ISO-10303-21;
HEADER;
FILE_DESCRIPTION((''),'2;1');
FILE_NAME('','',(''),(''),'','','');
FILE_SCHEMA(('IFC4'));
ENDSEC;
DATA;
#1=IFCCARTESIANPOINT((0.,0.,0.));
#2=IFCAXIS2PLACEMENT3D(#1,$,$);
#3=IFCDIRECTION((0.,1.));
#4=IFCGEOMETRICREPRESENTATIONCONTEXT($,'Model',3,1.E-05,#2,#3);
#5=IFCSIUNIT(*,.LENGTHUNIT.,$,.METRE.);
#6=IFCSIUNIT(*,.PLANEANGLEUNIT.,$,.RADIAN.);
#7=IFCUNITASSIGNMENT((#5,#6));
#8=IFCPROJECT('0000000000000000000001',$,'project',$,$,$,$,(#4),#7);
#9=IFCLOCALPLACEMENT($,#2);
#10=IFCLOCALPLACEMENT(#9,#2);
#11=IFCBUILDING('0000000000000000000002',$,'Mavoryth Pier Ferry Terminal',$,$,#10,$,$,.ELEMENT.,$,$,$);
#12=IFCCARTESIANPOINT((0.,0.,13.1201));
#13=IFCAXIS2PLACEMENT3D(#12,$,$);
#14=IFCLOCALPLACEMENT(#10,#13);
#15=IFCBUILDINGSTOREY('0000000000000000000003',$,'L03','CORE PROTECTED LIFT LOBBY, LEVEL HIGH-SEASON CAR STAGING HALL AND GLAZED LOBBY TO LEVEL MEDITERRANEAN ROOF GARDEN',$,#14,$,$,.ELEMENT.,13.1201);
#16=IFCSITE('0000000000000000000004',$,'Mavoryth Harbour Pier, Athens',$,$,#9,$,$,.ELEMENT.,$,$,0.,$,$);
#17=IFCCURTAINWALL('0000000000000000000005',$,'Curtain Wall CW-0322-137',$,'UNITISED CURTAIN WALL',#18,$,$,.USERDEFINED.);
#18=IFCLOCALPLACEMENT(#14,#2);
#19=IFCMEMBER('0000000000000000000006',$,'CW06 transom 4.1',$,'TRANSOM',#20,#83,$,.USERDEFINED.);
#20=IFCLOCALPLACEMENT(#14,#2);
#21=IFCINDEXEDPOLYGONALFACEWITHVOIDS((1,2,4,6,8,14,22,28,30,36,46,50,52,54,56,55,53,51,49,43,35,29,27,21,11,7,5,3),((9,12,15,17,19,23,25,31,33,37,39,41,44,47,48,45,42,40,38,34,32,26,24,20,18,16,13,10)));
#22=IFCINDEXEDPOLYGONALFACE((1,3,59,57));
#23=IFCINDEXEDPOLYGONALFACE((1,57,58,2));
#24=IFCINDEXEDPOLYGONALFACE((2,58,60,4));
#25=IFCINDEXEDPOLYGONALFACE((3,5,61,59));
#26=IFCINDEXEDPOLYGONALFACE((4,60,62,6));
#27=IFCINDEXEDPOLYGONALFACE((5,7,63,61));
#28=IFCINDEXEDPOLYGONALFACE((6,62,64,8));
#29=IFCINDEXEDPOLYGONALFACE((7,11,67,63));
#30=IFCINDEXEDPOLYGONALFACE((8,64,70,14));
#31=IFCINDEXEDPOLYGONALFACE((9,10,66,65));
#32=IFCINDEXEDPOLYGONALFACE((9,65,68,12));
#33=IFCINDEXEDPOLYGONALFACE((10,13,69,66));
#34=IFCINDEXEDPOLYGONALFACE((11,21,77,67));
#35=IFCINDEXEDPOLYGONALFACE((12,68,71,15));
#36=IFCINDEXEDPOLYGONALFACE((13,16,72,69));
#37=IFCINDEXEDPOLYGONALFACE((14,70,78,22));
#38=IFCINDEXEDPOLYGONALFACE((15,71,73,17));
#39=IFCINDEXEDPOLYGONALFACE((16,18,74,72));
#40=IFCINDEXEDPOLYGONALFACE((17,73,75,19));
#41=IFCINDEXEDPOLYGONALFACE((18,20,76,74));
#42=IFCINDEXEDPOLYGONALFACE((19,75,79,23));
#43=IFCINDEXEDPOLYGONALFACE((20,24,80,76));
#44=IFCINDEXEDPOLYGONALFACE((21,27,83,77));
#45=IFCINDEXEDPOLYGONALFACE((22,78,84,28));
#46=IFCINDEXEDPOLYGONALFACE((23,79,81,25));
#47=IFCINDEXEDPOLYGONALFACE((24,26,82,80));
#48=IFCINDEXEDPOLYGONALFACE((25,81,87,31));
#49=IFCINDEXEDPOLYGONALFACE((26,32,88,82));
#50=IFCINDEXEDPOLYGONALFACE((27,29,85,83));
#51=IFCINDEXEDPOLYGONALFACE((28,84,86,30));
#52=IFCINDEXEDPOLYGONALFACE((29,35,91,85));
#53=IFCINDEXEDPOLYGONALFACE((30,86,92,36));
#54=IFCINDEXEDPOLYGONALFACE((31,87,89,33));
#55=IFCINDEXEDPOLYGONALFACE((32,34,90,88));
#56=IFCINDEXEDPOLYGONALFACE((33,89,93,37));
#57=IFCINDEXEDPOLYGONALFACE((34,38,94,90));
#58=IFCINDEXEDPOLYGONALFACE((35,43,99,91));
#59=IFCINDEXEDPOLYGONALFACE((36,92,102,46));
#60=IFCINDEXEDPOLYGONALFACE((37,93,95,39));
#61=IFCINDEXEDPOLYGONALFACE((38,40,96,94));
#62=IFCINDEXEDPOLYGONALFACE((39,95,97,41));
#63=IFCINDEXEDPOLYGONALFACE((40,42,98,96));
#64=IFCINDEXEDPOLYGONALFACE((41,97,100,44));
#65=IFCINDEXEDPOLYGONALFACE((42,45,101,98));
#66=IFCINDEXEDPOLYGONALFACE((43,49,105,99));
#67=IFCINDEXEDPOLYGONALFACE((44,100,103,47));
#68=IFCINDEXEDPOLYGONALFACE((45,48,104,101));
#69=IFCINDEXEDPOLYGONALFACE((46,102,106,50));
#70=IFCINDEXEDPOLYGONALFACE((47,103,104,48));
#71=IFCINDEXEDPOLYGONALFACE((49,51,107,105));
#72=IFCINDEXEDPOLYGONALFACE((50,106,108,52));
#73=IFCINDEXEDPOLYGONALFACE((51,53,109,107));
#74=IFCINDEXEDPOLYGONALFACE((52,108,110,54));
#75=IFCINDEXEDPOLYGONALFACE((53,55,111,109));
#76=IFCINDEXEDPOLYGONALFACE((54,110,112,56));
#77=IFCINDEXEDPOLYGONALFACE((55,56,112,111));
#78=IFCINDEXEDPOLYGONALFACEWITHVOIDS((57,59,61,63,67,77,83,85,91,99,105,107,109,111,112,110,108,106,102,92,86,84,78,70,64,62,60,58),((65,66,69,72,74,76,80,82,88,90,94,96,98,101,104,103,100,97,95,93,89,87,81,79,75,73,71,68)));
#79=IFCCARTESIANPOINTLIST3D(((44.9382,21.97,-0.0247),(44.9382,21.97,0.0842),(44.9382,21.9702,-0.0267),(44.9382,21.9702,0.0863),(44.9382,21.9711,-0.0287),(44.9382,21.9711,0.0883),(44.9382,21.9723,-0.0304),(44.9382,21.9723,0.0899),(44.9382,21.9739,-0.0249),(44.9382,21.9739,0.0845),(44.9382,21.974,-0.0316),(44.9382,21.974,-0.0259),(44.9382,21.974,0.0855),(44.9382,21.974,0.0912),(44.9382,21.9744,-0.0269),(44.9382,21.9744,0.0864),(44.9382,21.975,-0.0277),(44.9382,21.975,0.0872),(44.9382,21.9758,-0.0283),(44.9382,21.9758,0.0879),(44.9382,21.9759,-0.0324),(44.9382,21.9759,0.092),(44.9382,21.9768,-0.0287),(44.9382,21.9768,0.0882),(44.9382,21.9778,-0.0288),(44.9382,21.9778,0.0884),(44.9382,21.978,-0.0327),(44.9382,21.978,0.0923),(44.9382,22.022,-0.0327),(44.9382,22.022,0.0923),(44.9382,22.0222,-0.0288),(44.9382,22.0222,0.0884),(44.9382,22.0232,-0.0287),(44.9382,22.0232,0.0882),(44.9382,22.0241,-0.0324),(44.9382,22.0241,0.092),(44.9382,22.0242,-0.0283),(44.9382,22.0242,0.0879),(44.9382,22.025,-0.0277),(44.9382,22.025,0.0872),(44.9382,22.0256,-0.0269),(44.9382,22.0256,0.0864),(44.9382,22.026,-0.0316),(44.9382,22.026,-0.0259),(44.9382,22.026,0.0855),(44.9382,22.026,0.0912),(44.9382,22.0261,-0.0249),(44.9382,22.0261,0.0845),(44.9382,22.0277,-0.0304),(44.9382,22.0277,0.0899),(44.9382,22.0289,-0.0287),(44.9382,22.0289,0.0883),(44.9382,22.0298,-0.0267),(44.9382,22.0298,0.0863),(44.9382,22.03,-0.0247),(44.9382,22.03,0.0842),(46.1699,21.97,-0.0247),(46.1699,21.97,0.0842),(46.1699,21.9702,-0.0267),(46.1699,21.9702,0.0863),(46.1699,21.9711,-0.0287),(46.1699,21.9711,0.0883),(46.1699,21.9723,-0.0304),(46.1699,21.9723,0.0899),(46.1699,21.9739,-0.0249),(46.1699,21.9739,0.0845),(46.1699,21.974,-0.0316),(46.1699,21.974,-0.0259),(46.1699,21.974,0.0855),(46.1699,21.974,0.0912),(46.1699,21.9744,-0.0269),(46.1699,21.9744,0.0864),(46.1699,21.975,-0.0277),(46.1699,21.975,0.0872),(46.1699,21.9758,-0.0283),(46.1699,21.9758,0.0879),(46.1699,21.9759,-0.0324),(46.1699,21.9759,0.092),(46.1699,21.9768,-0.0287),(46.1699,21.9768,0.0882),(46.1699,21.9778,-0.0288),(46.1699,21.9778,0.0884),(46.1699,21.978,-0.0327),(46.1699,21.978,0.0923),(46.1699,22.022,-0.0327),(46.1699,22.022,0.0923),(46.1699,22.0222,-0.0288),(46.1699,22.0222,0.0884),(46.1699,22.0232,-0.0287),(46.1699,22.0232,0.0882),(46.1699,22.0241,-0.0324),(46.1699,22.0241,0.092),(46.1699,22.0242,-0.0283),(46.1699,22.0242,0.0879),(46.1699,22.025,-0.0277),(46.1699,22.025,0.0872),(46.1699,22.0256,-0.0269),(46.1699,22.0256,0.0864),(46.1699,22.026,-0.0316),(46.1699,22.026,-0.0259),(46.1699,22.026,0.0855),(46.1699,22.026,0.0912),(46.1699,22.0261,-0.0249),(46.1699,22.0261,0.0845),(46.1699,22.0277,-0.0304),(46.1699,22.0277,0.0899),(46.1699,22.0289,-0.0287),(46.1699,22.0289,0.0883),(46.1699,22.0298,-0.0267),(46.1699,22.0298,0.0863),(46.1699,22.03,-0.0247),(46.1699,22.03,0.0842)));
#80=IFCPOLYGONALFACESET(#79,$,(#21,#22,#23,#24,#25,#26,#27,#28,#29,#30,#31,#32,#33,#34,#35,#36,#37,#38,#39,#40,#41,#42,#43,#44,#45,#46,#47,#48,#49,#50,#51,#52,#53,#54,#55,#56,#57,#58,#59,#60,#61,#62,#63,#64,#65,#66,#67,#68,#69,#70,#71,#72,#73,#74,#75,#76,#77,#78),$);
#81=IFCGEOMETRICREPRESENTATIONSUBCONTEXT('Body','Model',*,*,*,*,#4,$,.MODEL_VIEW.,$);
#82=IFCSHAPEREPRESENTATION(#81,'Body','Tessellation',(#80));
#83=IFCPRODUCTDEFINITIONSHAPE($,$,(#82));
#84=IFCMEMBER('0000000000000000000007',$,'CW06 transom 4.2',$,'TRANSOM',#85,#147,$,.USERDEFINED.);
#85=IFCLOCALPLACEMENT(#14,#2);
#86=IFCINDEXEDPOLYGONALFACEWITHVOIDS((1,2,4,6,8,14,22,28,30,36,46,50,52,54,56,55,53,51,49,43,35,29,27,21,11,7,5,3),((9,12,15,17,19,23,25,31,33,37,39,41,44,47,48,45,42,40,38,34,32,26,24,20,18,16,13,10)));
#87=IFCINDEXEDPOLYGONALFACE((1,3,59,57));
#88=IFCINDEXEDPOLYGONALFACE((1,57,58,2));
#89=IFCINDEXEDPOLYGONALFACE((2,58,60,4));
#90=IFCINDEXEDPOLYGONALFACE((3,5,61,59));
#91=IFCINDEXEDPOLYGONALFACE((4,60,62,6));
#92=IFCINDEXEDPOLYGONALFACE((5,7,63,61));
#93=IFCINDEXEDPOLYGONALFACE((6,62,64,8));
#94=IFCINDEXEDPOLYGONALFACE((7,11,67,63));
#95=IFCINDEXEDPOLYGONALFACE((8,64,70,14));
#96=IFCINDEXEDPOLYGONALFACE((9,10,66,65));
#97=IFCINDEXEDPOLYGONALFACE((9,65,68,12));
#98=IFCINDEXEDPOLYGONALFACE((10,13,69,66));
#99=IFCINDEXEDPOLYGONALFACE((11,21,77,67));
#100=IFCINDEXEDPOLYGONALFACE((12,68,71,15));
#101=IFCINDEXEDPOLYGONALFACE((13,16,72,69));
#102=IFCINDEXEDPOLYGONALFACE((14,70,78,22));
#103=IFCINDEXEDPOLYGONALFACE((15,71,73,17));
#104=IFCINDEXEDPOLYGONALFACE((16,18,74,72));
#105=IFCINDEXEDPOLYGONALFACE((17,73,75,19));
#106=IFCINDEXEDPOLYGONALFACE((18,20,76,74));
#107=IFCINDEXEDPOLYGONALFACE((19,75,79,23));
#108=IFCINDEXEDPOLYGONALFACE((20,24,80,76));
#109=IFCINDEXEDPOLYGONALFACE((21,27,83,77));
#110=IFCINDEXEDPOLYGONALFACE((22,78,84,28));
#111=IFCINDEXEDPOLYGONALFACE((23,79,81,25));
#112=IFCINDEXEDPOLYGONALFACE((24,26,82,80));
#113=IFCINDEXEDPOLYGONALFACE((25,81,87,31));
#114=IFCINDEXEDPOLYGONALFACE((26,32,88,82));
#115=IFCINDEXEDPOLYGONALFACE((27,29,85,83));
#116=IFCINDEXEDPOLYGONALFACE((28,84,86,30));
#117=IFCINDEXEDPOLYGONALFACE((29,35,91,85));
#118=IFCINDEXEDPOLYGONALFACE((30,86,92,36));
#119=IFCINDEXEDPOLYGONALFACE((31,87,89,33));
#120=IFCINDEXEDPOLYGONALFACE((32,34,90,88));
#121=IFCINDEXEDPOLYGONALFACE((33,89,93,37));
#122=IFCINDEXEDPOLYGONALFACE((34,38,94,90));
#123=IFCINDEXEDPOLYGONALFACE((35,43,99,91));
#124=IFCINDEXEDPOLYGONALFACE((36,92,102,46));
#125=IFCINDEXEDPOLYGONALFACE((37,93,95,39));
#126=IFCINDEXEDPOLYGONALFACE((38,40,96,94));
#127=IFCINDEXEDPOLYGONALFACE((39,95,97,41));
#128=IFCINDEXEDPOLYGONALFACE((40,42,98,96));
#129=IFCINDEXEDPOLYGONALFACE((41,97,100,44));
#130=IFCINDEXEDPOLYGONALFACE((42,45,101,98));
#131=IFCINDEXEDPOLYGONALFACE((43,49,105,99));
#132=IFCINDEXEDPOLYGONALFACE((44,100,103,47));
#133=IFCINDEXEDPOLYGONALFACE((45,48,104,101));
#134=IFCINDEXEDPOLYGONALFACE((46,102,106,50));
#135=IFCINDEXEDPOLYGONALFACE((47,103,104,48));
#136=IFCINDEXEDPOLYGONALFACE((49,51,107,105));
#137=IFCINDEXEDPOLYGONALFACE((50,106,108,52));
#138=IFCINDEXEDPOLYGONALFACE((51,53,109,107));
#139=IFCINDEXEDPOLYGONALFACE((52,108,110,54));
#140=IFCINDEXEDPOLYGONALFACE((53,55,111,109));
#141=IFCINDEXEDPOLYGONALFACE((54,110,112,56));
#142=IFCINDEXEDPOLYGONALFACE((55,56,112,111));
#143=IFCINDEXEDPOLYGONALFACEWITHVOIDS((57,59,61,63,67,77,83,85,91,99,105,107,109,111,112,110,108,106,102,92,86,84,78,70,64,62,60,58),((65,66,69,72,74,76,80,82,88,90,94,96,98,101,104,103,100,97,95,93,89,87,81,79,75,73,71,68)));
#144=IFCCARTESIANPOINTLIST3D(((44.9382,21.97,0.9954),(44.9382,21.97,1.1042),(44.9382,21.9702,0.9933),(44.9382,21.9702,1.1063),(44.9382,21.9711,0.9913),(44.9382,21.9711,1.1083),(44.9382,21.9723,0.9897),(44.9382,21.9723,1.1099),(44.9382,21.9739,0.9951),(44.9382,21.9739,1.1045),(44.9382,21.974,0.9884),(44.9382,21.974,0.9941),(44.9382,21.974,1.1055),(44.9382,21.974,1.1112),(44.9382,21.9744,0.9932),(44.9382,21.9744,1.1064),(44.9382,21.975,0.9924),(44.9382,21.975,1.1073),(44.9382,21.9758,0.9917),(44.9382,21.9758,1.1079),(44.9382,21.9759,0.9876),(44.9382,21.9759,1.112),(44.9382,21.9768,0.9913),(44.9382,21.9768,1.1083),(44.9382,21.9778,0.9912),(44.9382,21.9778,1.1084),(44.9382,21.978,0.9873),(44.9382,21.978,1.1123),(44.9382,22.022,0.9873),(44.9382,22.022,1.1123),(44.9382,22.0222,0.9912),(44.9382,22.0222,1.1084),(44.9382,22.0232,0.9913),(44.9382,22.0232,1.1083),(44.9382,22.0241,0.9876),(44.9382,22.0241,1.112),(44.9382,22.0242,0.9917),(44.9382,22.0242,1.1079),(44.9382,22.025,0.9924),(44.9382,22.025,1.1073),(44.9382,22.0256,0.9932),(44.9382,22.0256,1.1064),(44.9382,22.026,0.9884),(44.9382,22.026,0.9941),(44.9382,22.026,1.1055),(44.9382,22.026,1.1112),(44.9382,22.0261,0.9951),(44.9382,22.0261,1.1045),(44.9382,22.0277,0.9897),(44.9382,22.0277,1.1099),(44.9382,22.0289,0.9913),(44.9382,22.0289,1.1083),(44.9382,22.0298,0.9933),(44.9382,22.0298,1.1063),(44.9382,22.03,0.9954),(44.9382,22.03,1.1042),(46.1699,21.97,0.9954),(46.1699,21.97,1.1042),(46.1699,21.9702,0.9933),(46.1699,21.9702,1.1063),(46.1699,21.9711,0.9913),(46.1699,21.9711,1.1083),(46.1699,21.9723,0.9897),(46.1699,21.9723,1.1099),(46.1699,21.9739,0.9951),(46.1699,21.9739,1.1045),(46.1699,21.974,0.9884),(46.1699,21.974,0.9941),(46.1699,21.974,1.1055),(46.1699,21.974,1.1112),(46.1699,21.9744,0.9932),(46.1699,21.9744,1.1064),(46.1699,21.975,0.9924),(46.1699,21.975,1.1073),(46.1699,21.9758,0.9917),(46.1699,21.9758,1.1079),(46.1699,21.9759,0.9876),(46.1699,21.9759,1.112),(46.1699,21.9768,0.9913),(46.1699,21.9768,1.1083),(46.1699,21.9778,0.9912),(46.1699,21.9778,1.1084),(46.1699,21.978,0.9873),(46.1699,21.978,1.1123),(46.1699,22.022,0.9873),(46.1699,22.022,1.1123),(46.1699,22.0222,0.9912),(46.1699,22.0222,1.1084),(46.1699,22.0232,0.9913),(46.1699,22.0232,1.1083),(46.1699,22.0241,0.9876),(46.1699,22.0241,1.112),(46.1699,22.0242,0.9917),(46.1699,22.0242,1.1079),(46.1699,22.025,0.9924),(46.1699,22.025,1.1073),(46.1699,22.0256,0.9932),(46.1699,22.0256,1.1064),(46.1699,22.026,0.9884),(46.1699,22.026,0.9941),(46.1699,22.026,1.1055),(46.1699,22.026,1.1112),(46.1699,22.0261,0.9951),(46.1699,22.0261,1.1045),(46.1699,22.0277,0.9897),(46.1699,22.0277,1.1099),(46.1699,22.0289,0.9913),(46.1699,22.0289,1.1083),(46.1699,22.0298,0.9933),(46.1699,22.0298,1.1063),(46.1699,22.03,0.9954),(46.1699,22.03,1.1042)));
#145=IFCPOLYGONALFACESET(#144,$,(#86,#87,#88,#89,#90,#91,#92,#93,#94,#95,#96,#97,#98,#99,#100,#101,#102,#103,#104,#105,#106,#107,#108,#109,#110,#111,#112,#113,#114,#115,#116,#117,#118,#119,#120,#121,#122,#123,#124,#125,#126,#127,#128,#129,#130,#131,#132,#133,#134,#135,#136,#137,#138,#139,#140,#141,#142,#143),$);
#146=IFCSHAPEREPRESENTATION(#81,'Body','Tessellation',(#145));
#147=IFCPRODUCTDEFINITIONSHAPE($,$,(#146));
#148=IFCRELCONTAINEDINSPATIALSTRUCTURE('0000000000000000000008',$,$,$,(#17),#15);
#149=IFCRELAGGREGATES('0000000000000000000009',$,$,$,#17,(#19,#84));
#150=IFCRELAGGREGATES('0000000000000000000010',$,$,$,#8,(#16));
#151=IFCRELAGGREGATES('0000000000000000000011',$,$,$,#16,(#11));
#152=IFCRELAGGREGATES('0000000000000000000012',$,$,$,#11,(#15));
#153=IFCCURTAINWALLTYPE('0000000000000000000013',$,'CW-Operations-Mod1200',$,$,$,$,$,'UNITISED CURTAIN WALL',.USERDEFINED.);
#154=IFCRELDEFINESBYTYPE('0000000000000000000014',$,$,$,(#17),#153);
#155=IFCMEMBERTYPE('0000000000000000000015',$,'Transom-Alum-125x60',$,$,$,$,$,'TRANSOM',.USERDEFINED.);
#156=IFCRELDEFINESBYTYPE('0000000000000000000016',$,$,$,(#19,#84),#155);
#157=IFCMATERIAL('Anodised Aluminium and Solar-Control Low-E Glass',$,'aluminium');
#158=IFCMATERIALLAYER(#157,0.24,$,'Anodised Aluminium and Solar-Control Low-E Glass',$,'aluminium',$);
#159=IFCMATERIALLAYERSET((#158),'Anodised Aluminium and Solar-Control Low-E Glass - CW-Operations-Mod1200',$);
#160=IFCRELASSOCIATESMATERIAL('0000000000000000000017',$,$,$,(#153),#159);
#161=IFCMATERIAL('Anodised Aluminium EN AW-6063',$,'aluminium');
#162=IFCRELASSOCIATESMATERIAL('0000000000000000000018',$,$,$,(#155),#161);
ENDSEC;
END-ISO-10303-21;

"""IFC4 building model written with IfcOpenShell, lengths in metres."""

from ifc_helpers import new_model, si_unit, direction, frame, origin, origin_2d, place, context, subcontext, project, spatial, hollow_rectangle, extrude, material, layer, layer_set, material_profile, profile_set, type_object, element, aggregate, save


model = new_model("IFC4")

# Units and contexts
model_context = context("Model", 3, precision=1e-05, world=origin(), true_north=direction((0.0, 1.0)))
body_context = subcontext(model_context, "Body", "Model", "MODEL_VIEW")
ifc_project = project(units=[si_unit("LENGTHUNIT", "METRE"), si_unit("PLANEANGLEUNIT", "RADIAN")], contexts=[model_context])

# Site, building, storey
site_placement = place(None, origin())
site = spatial("IfcSite", under=ifc_project, at=site_placement, Name="Mavoryth Harbour Pier, Athens", CompositionType="ELEMENT", RefElevation=0.0)
building_placement = place(site_placement, origin())
building = spatial("IfcBuilding", under=site, at=building_placement, Name="Mavoryth Pier Ferry Terminal", CompositionType="ELEMENT")
storey_placement = place(building_placement, frame((0.0, 0.0, 13.1201)))
storey = spatial("IfcBuildingStorey", under=building, at=storey_placement, Name="L03", Description="CORE PROTECTED LIFT LOBBY, LEVEL HIGH-SEASON CAR STAGING HALL AND GLAZED LOBBY TO LEVEL MEDITERRANEAN ROOF GARDEN", CompositionType="ELEMENT", Elevation=13.1201)

# Curtain wall
ifc_material_1 = material(Name="Anodised Aluminium and Solar-Control Low-E Glass", Category="aluminium")
ifc_layer_1 = layer(ifc_material_1, 0.24, Name="Anodised Aluminium and Solar-Control Low-E Glass", Category="aluminium")
ifc_layer_set_1 = layer_set([ifc_layer_1], Name="Anodised Aluminium and Solar-Control Low-E Glass - CW-Operations-Mod1200")
curtain_wall_type = type_object("IfcCurtainWallType", Name="CW-Operations-Mod1200", ElementType="UNITISED CURTAIN WALL", PredefinedType="USERDEFINED", material=ifc_layer_set_1)
curtain_wall_1_placement = place(storey_placement, origin())
curtain_wall_1 = element("IfcCurtainWall", 1, at=curtain_wall_1_placement, inside=storey, type_object=curtain_wall_type, Name="Curtain Wall CW-0322-137", ObjectType="UNITISED CURTAIN WALL", PredefinedType="USERDEFINED")
ifc_material_2 = material(Name="Anodised Aluminium EN AW-6063", Category="aluminium")

# Members
ifc_material_profile_1 = material_profile(ifc_material_2, hollow_rectangle(XDim=0.0601, YDim=0.125, WallThickness=0.0039, InnerFilletRadius=0.0039, OuterFilletRadius=0.0081, at=origin_2d()), Name="AL-TRAN 125x60x4", Category="aluminium")
ifc_profile_set_1 = profile_set([ifc_material_profile_1], Name="Anodised Aluminium EN AW-6063 - AL-TRAN 125x60x4")
member_type_1 = type_object("IfcMemberType", Name="Transom-Alum-125x60", ElementType="TRANSOM", PredefinedType="USERDEFINED", material=ifc_profile_set_1)
member_1_placement = place(storey_placement, frame((46.1699, 22.0, 0.0298), z_axis=(-1.0, 0.0, 0.0), x_axis=(0.0, -1.0, 0.0)))
member_1 = element("IfcMember", 2, at=member_1_placement, type_object=member_type_1, Name="CW06 transom 4.1", ObjectType="TRANSOM", PredefinedType="USERDEFINED", context=body_context, shape_type="SweptSolid", body=[
    extrude(hollow_rectangle(XDim=0.0601, YDim=0.125, WallThickness=0.0039, InnerFilletRadius=0.0039, OuterFilletRadius=0.0081, at=origin_2d()), origin(), (0.0, 0.0, 1.0), 1.2317),
])
member_2_placement = place(storey_placement, frame((46.1699, 22.0, 1.0498), z_axis=(-1.0, 0.0, 0.0), x_axis=(0.0, -1.0, 0.0)))
member_2 = element("IfcMember", 3, at=member_2_placement, type_object=member_type_1, Name="CW06 transom 4.2", ObjectType="TRANSOM", PredefinedType="USERDEFINED", context=body_context, shape_type="SweptSolid", body=[
    extrude(hollow_rectangle(XDim=0.0601, YDim=0.125, WallThickness=0.0039, InnerFilletRadius=0.0039, OuterFilletRadius=0.0081, at=origin_2d()), origin(), (0.0, 0.0, 1.0), 1.2317),
])

aggregate(curtain_wall_1, [member_1, member_2])

save(model, "model.ifc")
